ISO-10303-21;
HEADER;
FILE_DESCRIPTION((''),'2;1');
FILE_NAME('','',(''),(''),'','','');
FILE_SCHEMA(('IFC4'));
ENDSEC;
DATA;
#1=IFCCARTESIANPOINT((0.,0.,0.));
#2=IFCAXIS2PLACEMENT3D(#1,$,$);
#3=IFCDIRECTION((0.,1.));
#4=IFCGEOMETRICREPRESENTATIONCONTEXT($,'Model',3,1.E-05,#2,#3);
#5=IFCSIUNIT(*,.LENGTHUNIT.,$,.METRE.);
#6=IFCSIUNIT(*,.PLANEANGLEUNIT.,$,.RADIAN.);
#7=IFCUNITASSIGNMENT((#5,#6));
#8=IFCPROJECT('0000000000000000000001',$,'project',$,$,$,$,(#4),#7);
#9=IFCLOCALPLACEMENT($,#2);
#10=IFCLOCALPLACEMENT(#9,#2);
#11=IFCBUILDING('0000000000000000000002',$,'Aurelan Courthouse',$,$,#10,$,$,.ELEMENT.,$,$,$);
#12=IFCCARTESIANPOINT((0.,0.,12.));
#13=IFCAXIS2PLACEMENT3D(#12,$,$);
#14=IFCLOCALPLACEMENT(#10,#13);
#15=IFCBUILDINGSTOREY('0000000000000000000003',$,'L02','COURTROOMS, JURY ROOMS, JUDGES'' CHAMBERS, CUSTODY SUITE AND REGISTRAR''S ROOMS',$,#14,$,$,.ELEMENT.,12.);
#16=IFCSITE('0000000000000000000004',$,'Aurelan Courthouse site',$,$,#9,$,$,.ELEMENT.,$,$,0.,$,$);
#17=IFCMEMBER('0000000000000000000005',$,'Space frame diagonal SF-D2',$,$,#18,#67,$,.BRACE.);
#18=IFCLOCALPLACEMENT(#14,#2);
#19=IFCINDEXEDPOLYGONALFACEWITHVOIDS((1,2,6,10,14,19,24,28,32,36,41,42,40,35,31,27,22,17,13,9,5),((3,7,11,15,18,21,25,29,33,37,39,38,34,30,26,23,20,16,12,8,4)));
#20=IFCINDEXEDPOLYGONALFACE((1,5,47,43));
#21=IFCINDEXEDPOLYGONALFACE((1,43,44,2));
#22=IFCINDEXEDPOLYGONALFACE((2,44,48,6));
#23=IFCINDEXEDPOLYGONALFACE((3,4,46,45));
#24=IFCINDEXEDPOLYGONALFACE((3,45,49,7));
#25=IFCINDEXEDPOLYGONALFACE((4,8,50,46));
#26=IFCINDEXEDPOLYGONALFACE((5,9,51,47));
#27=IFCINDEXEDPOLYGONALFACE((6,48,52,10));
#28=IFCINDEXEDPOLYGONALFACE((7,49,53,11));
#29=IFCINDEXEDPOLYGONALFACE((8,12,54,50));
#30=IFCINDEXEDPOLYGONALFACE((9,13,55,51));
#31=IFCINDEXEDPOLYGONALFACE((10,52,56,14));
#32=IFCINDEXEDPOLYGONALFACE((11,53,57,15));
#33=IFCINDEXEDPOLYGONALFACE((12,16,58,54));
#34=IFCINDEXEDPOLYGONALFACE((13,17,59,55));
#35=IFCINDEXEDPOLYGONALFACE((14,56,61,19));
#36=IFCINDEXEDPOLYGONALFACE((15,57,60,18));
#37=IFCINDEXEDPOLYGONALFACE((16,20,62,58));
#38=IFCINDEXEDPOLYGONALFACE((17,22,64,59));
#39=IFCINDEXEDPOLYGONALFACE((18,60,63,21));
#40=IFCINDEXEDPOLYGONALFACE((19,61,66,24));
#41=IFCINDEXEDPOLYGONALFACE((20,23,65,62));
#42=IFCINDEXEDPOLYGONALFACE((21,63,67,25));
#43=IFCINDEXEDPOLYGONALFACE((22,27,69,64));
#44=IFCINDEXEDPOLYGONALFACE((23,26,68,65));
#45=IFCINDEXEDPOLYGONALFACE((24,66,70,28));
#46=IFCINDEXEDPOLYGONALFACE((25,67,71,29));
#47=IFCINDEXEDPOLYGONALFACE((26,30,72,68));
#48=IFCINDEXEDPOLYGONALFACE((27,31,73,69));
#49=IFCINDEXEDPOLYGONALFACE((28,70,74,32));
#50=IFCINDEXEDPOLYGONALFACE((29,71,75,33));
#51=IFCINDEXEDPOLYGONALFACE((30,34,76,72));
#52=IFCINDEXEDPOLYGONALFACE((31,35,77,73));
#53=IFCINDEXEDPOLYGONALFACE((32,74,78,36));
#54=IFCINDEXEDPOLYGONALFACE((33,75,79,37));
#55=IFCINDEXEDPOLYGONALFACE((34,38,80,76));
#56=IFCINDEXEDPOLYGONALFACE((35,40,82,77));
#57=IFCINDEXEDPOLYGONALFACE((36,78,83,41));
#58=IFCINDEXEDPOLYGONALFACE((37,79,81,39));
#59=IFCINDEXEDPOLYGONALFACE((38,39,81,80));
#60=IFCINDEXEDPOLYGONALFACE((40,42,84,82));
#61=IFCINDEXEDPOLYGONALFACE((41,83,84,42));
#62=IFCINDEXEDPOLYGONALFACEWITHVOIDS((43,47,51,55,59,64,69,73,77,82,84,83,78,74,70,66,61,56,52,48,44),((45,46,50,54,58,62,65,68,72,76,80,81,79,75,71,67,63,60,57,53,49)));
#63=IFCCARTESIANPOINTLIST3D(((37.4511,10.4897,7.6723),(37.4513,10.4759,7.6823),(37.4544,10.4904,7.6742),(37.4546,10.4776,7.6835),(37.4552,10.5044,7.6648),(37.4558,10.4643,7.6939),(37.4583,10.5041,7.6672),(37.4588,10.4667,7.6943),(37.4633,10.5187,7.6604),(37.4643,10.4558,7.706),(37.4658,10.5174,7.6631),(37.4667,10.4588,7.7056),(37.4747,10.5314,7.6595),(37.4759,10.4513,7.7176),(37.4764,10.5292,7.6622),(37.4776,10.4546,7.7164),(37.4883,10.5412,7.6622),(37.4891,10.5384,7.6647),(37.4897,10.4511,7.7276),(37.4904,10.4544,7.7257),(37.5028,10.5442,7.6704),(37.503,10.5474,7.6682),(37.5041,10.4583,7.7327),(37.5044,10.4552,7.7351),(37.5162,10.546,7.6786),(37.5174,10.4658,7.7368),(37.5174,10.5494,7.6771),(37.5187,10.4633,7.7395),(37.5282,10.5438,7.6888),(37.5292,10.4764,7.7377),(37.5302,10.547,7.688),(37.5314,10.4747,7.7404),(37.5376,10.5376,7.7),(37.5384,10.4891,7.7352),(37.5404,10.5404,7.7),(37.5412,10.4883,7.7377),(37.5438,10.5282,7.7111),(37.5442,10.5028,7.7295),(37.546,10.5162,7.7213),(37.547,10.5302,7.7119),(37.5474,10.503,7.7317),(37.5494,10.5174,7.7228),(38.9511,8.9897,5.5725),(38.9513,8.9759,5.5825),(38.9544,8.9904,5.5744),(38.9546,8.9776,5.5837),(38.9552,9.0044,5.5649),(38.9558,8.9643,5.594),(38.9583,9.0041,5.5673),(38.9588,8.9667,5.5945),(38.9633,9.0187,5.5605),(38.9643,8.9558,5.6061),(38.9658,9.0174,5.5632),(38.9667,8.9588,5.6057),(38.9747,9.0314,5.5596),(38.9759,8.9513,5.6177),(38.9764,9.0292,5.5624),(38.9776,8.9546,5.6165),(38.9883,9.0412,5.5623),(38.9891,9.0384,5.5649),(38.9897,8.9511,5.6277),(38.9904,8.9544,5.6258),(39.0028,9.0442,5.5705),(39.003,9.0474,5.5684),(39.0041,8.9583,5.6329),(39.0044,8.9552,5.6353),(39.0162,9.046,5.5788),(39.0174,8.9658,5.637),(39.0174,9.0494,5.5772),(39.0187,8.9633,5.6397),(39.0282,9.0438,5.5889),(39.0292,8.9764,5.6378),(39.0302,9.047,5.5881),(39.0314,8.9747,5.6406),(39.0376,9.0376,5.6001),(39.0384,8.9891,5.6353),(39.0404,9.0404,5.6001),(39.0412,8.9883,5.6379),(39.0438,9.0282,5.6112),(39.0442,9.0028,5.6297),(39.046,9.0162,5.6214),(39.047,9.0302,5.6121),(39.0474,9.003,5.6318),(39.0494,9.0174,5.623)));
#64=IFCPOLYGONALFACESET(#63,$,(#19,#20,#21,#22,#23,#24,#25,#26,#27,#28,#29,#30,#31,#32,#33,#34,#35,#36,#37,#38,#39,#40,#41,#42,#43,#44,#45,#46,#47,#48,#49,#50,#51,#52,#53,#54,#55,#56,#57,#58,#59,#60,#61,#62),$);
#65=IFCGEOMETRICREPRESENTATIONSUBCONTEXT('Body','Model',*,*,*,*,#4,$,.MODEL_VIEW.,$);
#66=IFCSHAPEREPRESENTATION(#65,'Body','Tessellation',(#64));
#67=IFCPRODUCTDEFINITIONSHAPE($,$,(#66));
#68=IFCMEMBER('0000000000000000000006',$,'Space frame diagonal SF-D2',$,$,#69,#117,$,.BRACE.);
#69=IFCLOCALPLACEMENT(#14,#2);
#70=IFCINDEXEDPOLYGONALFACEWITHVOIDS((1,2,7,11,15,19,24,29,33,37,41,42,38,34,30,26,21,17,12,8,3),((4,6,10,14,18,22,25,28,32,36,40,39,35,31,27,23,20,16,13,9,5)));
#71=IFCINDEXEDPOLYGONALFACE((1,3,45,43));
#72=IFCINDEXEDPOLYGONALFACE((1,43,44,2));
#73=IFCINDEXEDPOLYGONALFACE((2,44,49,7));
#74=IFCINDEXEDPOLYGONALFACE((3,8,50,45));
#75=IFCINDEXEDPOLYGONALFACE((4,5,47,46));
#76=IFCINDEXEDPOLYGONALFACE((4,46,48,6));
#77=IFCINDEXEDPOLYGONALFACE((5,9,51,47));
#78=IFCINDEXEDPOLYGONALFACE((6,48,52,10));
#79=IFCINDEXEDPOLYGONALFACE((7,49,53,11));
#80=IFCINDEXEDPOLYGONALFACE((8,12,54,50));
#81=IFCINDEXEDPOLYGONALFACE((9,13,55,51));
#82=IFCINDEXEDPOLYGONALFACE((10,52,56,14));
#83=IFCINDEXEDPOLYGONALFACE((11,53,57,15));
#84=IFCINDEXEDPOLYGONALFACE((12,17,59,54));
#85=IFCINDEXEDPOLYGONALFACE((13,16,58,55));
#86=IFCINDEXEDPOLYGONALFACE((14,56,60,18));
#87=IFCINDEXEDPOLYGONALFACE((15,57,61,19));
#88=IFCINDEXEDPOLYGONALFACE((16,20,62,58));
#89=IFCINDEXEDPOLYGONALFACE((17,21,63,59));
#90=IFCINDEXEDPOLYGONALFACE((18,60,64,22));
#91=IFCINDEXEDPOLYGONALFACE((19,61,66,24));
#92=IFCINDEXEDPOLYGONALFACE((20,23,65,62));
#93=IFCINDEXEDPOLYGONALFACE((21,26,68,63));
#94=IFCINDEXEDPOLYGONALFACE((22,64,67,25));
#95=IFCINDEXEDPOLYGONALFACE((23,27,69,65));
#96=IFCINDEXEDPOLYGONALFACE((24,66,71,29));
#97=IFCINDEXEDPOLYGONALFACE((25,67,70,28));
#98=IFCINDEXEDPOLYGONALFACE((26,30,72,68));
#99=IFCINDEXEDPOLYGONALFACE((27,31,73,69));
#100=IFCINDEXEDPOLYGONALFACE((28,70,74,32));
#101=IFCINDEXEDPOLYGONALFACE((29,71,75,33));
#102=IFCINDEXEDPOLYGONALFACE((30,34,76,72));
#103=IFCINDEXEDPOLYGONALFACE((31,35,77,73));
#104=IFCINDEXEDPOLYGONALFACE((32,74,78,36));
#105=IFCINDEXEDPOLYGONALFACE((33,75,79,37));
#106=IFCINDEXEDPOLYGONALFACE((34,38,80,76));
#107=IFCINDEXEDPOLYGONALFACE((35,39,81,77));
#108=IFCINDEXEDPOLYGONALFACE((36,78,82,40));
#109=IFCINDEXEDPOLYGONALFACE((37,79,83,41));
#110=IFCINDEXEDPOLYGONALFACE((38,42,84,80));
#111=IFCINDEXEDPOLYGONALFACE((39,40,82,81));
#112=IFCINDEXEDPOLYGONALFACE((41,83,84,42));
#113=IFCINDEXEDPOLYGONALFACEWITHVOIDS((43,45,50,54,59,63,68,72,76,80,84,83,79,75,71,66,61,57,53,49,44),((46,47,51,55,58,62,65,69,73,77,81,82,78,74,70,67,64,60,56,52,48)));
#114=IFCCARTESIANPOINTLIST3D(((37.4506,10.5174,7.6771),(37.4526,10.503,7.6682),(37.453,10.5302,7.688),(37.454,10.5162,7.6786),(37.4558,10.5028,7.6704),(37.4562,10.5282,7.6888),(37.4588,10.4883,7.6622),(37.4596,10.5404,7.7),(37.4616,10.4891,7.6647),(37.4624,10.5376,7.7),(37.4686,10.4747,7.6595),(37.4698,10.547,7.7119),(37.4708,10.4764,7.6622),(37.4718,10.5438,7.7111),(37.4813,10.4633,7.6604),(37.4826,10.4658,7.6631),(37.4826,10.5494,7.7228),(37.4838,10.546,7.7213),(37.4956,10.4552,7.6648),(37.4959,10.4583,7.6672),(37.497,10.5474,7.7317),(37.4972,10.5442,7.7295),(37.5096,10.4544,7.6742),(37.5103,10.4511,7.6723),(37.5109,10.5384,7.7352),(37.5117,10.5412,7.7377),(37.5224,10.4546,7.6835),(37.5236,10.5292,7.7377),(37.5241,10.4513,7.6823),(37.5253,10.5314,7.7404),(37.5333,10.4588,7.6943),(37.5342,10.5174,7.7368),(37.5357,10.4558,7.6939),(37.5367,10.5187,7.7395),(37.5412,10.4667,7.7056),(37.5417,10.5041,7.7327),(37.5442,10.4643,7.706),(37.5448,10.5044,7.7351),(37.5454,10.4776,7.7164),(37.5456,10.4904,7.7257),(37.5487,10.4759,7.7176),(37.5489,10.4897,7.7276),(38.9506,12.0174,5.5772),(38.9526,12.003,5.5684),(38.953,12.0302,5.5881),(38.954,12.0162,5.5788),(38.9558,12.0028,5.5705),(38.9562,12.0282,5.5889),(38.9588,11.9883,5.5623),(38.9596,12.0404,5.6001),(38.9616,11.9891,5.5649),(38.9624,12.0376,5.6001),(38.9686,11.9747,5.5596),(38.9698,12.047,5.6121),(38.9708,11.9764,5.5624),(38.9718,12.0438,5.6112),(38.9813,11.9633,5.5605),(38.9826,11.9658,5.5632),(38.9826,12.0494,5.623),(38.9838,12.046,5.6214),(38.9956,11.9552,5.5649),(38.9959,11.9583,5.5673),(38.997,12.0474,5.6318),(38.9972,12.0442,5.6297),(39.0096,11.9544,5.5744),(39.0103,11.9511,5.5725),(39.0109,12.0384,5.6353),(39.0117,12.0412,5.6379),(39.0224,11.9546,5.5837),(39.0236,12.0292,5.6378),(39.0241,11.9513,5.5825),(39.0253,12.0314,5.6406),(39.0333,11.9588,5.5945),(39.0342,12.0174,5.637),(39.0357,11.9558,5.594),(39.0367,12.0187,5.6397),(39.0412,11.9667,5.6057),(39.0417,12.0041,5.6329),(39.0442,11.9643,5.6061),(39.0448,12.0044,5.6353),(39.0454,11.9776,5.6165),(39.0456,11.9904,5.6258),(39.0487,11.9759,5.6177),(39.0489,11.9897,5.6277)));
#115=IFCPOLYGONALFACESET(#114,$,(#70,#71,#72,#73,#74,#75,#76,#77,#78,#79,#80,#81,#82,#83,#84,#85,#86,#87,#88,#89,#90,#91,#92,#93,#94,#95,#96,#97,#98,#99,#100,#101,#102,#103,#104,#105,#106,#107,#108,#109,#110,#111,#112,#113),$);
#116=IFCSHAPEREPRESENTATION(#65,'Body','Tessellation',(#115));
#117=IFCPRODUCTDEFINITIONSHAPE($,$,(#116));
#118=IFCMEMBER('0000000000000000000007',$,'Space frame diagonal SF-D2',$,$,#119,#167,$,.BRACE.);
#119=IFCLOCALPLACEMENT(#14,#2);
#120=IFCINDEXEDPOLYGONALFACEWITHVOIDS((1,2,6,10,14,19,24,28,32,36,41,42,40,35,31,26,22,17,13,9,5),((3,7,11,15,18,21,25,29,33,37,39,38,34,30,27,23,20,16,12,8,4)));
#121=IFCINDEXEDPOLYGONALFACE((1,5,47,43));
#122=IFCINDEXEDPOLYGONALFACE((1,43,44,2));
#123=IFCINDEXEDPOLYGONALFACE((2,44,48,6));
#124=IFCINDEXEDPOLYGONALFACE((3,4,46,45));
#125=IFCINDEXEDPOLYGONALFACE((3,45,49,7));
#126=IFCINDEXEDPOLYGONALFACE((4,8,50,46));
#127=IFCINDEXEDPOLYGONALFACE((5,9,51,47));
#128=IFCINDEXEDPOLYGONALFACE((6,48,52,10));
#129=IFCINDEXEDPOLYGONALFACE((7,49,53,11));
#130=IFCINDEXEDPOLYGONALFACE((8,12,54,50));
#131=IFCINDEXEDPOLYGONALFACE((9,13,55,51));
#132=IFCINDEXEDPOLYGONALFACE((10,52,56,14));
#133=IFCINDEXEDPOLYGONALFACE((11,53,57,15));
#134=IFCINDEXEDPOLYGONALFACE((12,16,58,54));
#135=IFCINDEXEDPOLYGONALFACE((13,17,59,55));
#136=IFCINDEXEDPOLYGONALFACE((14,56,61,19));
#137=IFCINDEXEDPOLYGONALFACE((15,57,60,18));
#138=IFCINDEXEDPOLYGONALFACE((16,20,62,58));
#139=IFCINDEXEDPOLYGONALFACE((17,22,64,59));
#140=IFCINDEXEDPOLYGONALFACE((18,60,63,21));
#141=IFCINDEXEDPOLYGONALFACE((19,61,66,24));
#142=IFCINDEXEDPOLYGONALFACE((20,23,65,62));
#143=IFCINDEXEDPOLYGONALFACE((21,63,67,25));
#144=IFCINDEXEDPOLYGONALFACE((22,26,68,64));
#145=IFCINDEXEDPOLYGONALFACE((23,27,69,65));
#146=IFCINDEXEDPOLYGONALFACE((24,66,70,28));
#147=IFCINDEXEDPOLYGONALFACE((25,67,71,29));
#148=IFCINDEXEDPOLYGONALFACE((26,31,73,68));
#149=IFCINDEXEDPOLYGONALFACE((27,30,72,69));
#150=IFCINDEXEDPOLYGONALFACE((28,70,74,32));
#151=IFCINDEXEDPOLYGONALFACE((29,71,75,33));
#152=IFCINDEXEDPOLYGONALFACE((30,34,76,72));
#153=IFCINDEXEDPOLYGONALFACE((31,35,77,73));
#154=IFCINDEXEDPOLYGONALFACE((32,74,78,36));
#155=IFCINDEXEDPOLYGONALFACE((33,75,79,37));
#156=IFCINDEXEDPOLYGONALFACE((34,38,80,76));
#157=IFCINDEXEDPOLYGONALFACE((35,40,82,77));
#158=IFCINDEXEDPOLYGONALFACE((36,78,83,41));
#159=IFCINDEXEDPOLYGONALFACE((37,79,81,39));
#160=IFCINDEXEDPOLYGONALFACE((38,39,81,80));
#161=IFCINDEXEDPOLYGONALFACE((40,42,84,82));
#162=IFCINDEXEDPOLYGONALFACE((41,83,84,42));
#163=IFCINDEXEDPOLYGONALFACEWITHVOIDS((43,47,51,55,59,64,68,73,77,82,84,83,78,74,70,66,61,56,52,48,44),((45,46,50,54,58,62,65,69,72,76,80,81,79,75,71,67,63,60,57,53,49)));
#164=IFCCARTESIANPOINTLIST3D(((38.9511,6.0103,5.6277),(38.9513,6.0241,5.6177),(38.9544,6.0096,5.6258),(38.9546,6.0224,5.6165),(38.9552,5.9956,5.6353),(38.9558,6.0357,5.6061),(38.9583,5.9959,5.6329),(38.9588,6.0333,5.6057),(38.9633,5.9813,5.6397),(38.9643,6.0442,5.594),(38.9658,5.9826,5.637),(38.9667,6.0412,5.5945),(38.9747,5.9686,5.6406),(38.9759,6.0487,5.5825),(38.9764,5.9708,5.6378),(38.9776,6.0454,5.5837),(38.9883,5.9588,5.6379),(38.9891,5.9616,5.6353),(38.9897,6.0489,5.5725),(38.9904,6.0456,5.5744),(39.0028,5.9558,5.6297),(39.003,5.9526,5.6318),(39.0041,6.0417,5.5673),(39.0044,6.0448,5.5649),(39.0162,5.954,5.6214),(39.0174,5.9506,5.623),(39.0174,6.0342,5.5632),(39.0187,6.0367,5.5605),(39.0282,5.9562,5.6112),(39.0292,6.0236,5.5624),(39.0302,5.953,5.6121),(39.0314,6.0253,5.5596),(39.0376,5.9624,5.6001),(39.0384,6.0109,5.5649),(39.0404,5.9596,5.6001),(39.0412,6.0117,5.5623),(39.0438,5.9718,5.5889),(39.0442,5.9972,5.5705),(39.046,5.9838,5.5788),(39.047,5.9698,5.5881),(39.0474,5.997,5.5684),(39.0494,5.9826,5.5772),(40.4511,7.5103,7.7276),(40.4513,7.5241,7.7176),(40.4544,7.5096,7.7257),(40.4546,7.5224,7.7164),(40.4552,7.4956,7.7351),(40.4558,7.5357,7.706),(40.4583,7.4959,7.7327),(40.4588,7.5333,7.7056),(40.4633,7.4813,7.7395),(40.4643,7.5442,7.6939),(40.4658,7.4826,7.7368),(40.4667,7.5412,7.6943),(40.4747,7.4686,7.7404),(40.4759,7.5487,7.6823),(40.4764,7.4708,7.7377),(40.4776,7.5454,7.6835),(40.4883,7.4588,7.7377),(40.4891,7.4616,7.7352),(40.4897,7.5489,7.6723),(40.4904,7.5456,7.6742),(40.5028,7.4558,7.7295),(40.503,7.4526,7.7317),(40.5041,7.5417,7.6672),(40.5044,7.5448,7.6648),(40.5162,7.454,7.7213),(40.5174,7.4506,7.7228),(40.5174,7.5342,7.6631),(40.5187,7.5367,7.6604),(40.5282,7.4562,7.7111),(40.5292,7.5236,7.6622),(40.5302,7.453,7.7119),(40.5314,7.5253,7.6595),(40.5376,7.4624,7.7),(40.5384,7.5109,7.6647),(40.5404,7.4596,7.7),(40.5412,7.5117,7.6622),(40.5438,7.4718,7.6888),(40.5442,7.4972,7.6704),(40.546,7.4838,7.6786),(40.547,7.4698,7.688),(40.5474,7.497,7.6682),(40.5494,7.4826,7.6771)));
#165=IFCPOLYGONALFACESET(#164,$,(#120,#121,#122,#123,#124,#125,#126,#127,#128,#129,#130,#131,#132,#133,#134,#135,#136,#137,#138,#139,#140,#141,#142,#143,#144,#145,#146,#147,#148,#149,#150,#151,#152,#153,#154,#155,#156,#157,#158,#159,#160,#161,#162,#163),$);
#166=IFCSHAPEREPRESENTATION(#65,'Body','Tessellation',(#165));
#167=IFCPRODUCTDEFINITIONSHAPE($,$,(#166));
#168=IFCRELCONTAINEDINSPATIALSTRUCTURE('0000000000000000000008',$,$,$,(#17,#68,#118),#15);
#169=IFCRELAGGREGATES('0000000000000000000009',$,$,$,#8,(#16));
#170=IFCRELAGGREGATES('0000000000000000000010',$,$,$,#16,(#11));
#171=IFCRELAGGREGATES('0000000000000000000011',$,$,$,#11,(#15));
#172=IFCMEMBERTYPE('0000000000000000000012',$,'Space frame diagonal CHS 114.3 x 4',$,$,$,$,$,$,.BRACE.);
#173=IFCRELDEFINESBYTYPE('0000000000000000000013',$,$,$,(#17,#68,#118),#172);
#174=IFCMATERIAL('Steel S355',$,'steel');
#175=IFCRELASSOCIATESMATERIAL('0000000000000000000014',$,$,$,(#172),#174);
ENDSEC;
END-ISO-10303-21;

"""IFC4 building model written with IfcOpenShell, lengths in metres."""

from ifc_helpers import new_model, si_unit, direction, frame, origin, origin_2d, place, context, subcontext, project, spatial, hollow_circle, extrude, material, material_profile, profile_set, type_object, element, save


model = new_model("IFC4")

# Units and contexts
model_context = context("Model", 3, precision=1e-05, world=origin(), true_north=direction((0.0, 1.0)))
body_context = subcontext(model_context, "Body", "Model", "MODEL_VIEW")
ifc_project = project(units=[si_unit("LENGTHUNIT", "METRE"), si_unit("PLANEANGLEUNIT", "RADIAN")], contexts=[model_context])

# Site, building, storey
site_placement = place(None, origin())
site = spatial("IfcSite", under=ifc_project, at=site_placement, Name="Aurelan Courthouse site", CompositionType="ELEMENT", RefElevation=0.0)
building_placement = place(site_placement, origin())
building = spatial("IfcBuilding", under=site, at=building_placement, Name="Aurelan Courthouse", CompositionType="ELEMENT")
storey_placement = place(building_placement, frame((0.0, 0.0, 12.0)))
storey = spatial("IfcBuildingStorey", under=building, at=storey_placement, Name="L02", Description="COURTROOMS, JURY ROOMS, JUDGES' CHAMBERS, CUSTODY SUITE AND REGISTRAR'S ROOMS", CompositionType="ELEMENT", Elevation=12.0)

# Members
ifc_material_1 = material(Name="Steel S355", Category="steel")
ifc_material_profile_1 = material_profile(ifc_material_1, hollow_circle(Radius=0.0571, WallThickness=0.0039, at=origin_2d()), Name="CHS 114.3 x 4")
ifc_profile_set_1 = profile_set([ifc_material_profile_1], Name="Steel S355")
member_type_1 = type_object("IfcMemberType", Name="Space frame diagonal CHS 114.3 x 4", PredefinedType="BRACE", material=ifc_profile_set_1)
for number, where, z_axis, x_axis, name in (
    (1, (37.5, 10.5, 7.7), (0.502536, -0.502536, -0.703502), (0.707107, 0.707107, 0.0), "Space frame diagonal SF-D2"),
    (2, (37.5, 10.5, 7.7), (0.502536, 0.502536, -0.703502), (-0.707107, 0.707107, 0.0), "Space frame diagonal SF-D2"),
    (3, (40.5, 7.5, 7.7), (-0.502536, -0.502536, -0.703502), (0.707107, -0.707107, 0.0), "Space frame diagonal SF-D2"),
):
    element("IfcMember", number, at=place(storey_placement, frame(where, z_axis=z_axis, x_axis=x_axis)), inside=storey, type_object=member_type_1, Name=name, PredefinedType="BRACE", context=body_context, shape_type="SweptSolid", body=[
        extrude(hollow_circle(Radius=0.0571, WallThickness=0.0039, at=origin_2d()), origin(), (0.0, 0.0, 1.0), 2.9849),
    ])

save(model, "model.ifc")
